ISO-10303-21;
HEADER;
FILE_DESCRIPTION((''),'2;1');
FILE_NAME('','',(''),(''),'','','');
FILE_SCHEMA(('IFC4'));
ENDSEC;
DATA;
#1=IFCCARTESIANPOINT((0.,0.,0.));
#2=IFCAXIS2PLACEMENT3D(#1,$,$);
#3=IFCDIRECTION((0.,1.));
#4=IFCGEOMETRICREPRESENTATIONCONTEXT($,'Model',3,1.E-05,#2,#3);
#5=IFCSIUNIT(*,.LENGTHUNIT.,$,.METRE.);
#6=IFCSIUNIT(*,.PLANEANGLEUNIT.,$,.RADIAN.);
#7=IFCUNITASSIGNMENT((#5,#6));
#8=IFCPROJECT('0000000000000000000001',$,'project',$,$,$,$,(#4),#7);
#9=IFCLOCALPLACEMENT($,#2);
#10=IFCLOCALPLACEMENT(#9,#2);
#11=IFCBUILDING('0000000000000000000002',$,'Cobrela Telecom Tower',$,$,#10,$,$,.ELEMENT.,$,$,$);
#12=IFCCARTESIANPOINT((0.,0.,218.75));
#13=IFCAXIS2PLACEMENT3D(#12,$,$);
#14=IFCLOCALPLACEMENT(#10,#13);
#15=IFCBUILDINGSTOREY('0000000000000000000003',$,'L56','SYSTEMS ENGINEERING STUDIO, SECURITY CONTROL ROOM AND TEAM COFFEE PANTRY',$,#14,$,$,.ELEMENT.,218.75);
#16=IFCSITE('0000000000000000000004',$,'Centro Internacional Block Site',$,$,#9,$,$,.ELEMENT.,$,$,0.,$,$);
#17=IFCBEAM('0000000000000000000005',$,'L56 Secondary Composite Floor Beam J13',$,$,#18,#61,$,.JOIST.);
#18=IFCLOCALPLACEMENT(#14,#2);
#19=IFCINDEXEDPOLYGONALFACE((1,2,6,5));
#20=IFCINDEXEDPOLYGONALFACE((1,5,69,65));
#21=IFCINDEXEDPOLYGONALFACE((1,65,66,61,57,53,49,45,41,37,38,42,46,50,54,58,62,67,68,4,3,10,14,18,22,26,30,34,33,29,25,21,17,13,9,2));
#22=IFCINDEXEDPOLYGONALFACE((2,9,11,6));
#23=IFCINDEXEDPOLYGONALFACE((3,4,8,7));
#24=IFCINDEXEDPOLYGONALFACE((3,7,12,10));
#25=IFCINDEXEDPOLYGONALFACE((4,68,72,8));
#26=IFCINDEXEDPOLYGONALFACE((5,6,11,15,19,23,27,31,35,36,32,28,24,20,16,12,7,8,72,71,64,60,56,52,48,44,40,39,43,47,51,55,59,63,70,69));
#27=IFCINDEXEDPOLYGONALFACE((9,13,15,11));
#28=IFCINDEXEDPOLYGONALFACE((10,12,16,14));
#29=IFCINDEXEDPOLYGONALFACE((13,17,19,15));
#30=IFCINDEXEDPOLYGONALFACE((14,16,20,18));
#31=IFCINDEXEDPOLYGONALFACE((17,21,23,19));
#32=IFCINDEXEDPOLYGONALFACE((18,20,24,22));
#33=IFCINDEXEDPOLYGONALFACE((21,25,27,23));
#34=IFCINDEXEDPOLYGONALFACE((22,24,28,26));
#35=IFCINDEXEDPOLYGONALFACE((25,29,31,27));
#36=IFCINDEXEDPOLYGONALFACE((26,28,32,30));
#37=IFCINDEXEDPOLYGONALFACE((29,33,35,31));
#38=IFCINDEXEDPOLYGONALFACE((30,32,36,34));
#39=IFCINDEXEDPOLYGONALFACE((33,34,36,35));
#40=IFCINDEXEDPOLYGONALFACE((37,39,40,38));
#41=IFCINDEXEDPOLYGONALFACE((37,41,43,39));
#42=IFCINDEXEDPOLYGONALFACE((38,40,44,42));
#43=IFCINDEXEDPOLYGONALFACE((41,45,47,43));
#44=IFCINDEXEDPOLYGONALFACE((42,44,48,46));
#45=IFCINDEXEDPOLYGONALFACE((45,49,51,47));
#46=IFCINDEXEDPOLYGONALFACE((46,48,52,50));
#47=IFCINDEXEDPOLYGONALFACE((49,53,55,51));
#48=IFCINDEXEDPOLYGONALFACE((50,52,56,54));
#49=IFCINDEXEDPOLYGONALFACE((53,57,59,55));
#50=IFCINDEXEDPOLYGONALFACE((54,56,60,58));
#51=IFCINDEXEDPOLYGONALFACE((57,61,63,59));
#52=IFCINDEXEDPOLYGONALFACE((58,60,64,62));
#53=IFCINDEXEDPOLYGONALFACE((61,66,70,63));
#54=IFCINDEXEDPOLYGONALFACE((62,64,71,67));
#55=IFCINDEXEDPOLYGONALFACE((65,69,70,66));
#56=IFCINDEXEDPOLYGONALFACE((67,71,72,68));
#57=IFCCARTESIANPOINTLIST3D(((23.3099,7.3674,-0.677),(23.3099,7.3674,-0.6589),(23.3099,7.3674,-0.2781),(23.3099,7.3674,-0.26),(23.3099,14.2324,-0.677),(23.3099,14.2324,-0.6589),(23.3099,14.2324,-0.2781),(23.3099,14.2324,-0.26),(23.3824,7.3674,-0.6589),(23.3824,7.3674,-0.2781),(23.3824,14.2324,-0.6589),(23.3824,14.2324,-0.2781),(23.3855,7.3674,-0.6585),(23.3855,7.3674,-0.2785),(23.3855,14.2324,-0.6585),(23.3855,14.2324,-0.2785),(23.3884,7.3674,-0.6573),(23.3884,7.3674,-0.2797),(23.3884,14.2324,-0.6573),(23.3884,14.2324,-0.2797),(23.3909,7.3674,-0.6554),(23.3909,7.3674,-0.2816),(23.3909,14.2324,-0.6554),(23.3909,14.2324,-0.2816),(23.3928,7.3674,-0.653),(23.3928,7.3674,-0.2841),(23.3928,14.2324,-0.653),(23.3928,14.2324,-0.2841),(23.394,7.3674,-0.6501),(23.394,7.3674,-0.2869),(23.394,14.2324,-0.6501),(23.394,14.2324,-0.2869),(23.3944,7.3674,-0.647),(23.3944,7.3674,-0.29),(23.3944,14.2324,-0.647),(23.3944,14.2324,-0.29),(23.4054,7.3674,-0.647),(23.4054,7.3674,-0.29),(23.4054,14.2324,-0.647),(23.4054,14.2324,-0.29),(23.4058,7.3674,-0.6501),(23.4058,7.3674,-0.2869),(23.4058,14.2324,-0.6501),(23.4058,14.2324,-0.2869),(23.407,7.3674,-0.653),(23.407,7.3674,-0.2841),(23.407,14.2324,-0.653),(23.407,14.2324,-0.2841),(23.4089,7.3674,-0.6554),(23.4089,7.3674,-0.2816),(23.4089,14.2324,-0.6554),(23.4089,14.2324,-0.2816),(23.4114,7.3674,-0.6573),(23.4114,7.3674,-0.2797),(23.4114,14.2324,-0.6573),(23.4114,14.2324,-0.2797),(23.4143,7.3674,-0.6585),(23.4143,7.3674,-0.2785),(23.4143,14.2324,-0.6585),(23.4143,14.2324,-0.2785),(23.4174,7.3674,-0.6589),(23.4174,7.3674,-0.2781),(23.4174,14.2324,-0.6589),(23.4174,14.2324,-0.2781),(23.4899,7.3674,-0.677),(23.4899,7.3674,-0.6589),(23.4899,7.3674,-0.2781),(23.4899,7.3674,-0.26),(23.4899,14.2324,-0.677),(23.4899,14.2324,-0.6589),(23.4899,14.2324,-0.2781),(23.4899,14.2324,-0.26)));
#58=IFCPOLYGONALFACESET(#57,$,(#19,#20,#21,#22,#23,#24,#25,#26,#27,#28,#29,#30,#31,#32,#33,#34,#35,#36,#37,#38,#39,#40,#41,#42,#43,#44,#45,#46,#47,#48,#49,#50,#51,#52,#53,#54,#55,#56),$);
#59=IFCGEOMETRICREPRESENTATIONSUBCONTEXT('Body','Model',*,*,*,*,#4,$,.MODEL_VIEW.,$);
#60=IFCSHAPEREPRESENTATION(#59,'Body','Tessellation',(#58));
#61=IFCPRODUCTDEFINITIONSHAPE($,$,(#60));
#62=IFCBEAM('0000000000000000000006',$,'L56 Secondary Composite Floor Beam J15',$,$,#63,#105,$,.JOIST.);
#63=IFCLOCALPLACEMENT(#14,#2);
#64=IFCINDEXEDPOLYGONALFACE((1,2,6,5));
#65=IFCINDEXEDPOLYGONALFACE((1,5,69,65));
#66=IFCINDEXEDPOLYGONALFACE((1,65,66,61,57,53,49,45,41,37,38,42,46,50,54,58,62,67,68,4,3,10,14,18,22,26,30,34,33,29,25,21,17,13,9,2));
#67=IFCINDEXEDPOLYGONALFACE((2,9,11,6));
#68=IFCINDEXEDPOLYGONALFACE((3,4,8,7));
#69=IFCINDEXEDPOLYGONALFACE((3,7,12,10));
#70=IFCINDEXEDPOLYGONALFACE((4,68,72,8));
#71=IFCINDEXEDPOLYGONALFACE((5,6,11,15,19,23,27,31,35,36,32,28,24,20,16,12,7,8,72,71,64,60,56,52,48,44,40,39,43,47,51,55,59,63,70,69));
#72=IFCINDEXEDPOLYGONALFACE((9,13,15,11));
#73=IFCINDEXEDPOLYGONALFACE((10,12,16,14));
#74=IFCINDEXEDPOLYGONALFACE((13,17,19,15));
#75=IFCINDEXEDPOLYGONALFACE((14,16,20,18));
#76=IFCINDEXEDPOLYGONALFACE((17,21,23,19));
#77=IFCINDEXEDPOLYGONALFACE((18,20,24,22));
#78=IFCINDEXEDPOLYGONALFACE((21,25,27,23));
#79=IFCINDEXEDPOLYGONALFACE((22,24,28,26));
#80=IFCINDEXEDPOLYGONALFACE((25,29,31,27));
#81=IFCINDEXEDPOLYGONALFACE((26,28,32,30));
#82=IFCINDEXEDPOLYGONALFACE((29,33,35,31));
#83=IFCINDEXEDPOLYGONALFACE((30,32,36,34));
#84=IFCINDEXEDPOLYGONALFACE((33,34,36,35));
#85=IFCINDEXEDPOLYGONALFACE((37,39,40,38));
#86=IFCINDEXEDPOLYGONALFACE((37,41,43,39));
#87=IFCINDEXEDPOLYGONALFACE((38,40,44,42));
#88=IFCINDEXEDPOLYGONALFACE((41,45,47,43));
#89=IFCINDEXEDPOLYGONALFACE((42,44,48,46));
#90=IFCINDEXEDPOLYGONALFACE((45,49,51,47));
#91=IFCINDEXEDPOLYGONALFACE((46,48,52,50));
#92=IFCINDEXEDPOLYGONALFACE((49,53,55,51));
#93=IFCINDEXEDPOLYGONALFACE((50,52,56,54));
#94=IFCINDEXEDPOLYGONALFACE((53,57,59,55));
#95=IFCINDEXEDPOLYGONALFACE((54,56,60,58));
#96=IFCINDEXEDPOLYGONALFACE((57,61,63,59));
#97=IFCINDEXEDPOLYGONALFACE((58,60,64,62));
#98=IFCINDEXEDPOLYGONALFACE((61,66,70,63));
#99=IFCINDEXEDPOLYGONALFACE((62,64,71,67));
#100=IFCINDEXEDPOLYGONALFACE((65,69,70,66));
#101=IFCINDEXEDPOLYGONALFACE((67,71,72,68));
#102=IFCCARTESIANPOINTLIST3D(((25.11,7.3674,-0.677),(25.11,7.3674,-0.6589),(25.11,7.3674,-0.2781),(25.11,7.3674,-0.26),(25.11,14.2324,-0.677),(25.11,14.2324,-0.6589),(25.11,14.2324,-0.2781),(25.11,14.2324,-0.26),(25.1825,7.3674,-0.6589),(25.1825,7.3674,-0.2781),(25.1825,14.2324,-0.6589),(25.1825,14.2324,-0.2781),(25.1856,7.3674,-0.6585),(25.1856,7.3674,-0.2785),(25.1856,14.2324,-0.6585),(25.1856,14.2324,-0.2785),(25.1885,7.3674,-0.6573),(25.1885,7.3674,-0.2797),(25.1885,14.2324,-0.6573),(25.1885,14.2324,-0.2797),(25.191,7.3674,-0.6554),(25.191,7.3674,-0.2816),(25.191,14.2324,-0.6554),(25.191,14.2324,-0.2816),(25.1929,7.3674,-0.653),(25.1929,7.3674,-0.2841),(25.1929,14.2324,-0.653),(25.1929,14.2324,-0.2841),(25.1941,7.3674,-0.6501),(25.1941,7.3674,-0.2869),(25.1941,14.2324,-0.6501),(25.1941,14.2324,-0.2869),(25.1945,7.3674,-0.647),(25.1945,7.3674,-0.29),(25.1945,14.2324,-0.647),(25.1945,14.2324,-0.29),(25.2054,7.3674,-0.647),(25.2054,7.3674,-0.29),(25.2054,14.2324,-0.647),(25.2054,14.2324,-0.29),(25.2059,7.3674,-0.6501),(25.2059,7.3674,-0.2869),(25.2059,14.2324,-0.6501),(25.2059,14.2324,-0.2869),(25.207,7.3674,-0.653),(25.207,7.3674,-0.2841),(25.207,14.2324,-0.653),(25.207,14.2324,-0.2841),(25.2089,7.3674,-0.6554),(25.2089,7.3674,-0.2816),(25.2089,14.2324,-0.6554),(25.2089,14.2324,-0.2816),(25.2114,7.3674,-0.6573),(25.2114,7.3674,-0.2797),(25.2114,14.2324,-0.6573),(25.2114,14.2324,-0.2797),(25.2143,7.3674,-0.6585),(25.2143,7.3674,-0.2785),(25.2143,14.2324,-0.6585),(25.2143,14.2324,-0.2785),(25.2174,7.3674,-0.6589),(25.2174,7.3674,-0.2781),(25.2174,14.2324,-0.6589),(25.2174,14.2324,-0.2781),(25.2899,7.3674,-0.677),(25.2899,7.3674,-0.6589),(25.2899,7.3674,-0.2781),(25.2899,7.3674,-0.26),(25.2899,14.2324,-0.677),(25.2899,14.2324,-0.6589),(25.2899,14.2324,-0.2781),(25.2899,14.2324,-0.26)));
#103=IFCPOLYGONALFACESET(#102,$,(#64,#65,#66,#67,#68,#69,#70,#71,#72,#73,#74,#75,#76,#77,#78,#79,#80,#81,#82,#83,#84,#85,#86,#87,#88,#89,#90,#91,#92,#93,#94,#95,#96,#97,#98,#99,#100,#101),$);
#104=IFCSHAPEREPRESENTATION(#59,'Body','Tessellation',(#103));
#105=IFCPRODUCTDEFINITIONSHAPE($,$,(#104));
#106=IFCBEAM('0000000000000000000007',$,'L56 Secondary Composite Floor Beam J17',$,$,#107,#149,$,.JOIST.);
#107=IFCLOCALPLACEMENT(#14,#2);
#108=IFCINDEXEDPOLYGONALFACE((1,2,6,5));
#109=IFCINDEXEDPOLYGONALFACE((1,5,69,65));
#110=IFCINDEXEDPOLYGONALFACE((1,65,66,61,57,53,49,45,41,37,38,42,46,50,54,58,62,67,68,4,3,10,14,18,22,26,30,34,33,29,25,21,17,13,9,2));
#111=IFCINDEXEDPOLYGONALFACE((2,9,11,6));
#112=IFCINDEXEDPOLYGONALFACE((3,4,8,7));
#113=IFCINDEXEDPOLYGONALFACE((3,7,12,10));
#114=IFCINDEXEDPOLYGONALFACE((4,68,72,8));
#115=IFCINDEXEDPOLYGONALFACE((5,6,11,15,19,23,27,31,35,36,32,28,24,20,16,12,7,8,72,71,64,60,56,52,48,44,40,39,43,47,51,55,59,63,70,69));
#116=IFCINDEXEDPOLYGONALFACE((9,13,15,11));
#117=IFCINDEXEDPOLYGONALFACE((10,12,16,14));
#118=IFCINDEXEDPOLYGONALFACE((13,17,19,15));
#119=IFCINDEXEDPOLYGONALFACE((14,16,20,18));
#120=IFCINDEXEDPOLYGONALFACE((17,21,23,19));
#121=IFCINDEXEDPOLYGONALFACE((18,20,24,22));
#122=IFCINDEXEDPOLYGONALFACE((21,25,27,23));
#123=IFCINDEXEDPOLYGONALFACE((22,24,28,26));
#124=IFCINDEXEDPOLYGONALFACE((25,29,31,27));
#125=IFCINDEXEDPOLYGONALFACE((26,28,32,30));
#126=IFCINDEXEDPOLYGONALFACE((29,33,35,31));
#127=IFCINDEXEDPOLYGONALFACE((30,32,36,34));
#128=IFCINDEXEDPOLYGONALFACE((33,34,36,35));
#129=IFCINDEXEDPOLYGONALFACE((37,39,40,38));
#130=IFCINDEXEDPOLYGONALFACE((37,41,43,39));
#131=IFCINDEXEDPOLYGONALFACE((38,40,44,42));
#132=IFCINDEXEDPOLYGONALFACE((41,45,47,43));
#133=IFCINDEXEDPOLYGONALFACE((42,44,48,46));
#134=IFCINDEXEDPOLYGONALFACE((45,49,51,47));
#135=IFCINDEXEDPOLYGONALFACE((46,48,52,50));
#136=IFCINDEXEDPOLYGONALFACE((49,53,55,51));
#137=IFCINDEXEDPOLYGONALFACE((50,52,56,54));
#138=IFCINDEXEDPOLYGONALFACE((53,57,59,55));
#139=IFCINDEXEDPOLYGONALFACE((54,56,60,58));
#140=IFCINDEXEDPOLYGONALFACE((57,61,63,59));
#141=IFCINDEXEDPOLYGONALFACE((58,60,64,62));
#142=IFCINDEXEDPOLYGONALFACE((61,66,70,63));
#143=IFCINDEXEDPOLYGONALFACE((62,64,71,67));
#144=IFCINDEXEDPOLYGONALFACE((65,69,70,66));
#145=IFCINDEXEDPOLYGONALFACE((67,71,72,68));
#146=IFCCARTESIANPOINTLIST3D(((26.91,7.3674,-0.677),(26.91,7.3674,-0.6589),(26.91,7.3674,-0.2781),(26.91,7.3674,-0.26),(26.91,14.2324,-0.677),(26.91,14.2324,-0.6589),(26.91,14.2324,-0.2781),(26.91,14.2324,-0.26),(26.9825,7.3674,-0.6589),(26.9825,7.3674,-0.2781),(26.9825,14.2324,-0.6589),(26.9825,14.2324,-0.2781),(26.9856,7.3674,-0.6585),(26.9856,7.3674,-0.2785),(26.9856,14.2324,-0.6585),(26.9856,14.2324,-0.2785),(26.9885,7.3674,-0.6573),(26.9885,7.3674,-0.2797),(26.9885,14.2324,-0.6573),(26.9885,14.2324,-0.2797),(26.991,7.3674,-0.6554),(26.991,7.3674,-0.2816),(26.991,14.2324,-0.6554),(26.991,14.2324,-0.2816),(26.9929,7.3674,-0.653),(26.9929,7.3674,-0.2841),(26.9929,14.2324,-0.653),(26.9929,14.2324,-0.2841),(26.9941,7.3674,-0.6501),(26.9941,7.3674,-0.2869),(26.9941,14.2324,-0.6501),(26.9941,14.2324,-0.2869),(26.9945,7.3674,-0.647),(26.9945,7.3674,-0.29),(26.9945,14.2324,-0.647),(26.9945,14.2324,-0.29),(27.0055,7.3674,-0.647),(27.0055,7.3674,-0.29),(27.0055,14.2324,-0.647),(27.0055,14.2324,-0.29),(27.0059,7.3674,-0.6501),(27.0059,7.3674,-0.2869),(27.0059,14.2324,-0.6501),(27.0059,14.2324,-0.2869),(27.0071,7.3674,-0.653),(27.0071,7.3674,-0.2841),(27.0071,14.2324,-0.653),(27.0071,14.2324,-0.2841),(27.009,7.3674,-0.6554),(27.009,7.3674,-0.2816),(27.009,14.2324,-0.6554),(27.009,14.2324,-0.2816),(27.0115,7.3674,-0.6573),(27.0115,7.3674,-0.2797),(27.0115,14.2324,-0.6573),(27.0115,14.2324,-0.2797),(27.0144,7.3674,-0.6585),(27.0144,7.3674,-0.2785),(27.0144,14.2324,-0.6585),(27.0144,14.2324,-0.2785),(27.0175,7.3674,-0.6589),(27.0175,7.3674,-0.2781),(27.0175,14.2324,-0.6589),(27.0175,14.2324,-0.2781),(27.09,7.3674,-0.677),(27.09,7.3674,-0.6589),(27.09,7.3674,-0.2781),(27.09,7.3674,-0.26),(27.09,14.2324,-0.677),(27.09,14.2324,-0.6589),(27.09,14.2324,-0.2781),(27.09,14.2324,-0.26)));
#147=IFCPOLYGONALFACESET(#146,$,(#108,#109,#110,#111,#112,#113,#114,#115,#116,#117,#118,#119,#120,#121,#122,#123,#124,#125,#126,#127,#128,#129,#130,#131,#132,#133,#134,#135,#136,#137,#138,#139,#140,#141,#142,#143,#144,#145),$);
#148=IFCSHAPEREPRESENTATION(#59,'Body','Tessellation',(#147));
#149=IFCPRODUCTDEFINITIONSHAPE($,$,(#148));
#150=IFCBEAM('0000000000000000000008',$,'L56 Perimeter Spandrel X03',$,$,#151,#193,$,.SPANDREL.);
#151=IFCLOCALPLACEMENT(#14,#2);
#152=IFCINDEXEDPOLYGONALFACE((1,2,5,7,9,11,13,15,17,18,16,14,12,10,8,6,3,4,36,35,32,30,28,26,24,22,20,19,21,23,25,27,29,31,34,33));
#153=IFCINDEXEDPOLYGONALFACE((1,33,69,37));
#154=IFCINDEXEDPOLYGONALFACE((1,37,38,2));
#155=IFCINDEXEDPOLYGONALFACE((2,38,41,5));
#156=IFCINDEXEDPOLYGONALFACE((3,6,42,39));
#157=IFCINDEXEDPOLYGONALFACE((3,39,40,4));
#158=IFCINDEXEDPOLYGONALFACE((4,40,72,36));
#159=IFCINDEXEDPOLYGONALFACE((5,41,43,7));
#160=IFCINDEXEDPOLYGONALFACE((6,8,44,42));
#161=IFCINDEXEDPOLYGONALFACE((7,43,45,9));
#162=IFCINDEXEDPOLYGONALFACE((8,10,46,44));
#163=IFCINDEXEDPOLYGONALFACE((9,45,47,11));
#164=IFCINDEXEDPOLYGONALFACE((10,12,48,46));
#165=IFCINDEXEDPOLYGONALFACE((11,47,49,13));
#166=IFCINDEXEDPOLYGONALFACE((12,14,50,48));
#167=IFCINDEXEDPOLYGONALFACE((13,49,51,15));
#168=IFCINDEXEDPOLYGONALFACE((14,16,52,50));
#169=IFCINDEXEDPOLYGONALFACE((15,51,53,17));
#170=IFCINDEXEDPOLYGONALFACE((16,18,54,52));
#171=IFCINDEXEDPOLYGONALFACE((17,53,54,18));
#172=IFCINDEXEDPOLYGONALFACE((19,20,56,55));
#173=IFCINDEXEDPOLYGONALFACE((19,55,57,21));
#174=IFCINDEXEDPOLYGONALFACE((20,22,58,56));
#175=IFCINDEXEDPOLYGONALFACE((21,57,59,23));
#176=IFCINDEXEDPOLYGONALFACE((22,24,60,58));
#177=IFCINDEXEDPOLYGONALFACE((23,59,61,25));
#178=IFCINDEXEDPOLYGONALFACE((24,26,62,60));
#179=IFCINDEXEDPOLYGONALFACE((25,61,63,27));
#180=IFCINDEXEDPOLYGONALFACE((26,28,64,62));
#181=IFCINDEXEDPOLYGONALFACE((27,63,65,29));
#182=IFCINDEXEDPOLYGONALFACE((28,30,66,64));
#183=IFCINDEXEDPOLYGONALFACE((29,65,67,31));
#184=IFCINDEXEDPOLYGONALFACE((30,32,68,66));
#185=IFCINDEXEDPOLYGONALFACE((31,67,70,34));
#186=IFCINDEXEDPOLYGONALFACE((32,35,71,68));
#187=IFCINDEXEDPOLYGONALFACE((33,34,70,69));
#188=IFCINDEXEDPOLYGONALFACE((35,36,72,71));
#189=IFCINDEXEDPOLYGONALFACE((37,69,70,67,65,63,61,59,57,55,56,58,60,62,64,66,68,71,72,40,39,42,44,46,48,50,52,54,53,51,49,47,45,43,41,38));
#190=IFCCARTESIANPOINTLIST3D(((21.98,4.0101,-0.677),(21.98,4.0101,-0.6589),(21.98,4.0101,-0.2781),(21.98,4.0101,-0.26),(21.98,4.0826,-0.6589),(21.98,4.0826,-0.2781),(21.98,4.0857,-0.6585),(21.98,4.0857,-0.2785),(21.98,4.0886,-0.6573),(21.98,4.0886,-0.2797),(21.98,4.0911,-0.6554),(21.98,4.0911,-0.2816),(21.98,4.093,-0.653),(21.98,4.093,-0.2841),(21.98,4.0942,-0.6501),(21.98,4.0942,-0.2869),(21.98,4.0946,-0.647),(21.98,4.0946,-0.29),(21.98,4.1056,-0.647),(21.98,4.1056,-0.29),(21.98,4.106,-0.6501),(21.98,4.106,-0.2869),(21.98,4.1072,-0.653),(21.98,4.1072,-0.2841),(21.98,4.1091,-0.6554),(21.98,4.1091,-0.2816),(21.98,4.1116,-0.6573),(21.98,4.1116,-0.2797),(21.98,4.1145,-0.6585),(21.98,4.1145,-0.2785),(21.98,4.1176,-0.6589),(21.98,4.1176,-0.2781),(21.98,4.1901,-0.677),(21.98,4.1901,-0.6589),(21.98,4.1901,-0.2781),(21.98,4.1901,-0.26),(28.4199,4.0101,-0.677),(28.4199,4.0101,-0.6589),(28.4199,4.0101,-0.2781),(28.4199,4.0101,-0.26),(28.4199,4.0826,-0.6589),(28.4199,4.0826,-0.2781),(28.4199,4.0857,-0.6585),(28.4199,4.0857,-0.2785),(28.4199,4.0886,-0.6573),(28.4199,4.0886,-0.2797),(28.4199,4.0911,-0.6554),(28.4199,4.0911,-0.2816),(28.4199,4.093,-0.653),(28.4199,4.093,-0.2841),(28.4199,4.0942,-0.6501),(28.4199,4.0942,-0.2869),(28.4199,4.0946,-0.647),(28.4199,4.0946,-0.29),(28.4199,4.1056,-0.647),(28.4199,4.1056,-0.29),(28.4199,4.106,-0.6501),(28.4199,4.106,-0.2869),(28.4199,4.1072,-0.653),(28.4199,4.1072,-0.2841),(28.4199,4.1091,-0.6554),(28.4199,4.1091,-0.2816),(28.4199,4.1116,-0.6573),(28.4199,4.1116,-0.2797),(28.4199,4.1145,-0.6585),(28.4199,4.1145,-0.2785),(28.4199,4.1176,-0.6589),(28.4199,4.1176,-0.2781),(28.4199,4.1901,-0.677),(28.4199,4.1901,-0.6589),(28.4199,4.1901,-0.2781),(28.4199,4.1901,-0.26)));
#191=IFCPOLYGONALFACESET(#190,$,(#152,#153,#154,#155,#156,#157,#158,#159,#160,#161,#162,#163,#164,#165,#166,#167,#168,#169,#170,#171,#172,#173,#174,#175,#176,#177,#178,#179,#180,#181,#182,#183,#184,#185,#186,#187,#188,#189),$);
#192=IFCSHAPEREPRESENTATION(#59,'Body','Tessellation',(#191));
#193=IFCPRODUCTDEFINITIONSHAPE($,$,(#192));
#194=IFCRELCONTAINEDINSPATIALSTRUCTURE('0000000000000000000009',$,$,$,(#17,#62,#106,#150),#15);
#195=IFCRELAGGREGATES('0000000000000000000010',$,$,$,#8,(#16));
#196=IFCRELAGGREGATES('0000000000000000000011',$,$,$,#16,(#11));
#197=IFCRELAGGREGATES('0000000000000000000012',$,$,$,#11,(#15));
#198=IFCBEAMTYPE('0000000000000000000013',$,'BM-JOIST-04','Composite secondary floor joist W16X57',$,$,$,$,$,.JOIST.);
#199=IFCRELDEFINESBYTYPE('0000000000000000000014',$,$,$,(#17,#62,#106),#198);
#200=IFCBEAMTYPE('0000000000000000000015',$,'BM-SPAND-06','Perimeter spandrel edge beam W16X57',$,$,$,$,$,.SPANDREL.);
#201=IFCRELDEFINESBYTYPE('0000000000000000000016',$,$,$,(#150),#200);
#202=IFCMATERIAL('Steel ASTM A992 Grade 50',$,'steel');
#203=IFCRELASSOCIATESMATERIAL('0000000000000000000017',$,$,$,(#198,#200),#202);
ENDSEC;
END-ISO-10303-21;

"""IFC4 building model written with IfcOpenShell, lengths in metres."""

from ifc_helpers import new_model, si_unit, direction, frame, origin, origin_2d, place, context, subcontext, project, spatial, i_section, extrude, material, material_profile, profile_set, type_object, element, save


model = new_model("IFC4")

# Units and contexts
model_context = context("Model", 3, precision=1e-05, world=origin(), true_north=direction((0.0, 1.0)))
body_context = subcontext(model_context, "Body", "Model", "MODEL_VIEW")
ifc_project = project(units=[si_unit("LENGTHUNIT", "METRE"), si_unit("PLANEANGLEUNIT", "RADIAN")], contexts=[model_context])

# Site, building, storey
site_placement = place(None, origin())
site = spatial("IfcSite", under=ifc_project, at=site_placement, Name="Centro Internacional Block Site", CompositionType="ELEMENT", RefElevation=0.0)
building_placement = place(site_placement, origin())
building = spatial("IfcBuilding", under=site, at=building_placement, Name="Cobrela Telecom Tower", CompositionType="ELEMENT")
storey_placement = place(building_placement, frame((0.0, 0.0, 218.75)))
storey = spatial("IfcBuildingStorey", under=building, at=storey_placement, Name="L56", Description="SYSTEMS ENGINEERING STUDIO, SECURITY CONTROL ROOM AND TEAM COFFEE PANTRY", CompositionType="ELEMENT", Elevation=218.75)

# Shared definitions
ifc_material_1 = material(Name="Steel ASTM A992 Grade 50", Category="steel")

# Beams
ifc_material_profile_1 = material_profile(ifc_material_1, i_section(OverallWidth=0.1799, OverallDepth=0.417, WebThickness=0.011, FlangeThickness=0.0181, FilletRadius=0.012, at=origin_2d()), Name="W16X57")
ifc_profile_set_1 = profile_set([ifc_material_profile_1], Name="Steel ASTM A992 Grade 50")
beam_type_1 = type_object("IfcBeamType", Name="BM-JOIST-04", Description="Composite secondary floor joist W16X57", PredefinedType="JOIST", material=ifc_profile_set_1)
for number, where, z_axis, x_axis, name in (
    (1, (23.3999, 7.3674, -0.4685), (0.0, 1.0, 0.0), (-1.0, 0.0, 0.0), "L56 Secondary Composite Floor Beam J13"),
    (2, (25.2, 7.3674, -0.4685), (0.0, 1.0, 0.0), (-1.0, 0.0, 0.0), "L56 Secondary Composite Floor Beam J15"),
    (3, (27.0, 7.3674, -0.4685), (0.0, 1.0, 0.0), (-1.0, 0.0, 0.0), "L56 Secondary Composite Floor Beam J17"),
):
    element("IfcBeam", number, at=place(storey_placement, frame(where, z_axis=z_axis, x_axis=x_axis)), inside=storey, type_object=beam_type_1, Name=name, PredefinedType="JOIST", context=body_context, shape_type="SweptSolid", body=[
        extrude(i_section(OverallWidth=0.1799, OverallDepth=0.417, WebThickness=0.011, FlangeThickness=0.0181, FilletRadius=0.012, at=origin_2d()), origin(), (0.0, 0.0, 1.0), 6.865),
    ])
ifc_material_profile_2 = material_profile(ifc_material_1, i_section(OverallWidth=0.1799, OverallDepth=0.417, WebThickness=0.011, FlangeThickness=0.0181, FilletRadius=0.012, at=origin_2d()), Name="W16X57")
ifc_profile_set_2 = profile_set([ifc_material_profile_2], Name="Steel ASTM A992 Grade 50")
beam_type_2 = type_object("IfcBeamType", Name="BM-SPAND-06", Description="Perimeter spandrel edge beam W16X57", PredefinedType="SPANDREL", material=ifc_profile_set_2)
beam_1_placement = place(storey_placement, frame((21.98, 4.1001, -0.4685), z_axis=(1.0, 0.0, 0.0), x_axis=(0.0, 1.0, 0.0)))
element("IfcBeam", 4, at=beam_1_placement, inside=storey, type_object=beam_type_2, Name="L56 Perimeter Spandrel X03", PredefinedType="SPANDREL", context=body_context, shape_type="SweptSolid", body=[
    extrude(i_section(OverallWidth=0.1799, OverallDepth=0.417, WebThickness=0.011, FlangeThickness=0.0181, FilletRadius=0.012, at=origin_2d()), origin(), (0.0, 0.0, 1.0), 6.4399),
])

save(model, "model.ifc")
